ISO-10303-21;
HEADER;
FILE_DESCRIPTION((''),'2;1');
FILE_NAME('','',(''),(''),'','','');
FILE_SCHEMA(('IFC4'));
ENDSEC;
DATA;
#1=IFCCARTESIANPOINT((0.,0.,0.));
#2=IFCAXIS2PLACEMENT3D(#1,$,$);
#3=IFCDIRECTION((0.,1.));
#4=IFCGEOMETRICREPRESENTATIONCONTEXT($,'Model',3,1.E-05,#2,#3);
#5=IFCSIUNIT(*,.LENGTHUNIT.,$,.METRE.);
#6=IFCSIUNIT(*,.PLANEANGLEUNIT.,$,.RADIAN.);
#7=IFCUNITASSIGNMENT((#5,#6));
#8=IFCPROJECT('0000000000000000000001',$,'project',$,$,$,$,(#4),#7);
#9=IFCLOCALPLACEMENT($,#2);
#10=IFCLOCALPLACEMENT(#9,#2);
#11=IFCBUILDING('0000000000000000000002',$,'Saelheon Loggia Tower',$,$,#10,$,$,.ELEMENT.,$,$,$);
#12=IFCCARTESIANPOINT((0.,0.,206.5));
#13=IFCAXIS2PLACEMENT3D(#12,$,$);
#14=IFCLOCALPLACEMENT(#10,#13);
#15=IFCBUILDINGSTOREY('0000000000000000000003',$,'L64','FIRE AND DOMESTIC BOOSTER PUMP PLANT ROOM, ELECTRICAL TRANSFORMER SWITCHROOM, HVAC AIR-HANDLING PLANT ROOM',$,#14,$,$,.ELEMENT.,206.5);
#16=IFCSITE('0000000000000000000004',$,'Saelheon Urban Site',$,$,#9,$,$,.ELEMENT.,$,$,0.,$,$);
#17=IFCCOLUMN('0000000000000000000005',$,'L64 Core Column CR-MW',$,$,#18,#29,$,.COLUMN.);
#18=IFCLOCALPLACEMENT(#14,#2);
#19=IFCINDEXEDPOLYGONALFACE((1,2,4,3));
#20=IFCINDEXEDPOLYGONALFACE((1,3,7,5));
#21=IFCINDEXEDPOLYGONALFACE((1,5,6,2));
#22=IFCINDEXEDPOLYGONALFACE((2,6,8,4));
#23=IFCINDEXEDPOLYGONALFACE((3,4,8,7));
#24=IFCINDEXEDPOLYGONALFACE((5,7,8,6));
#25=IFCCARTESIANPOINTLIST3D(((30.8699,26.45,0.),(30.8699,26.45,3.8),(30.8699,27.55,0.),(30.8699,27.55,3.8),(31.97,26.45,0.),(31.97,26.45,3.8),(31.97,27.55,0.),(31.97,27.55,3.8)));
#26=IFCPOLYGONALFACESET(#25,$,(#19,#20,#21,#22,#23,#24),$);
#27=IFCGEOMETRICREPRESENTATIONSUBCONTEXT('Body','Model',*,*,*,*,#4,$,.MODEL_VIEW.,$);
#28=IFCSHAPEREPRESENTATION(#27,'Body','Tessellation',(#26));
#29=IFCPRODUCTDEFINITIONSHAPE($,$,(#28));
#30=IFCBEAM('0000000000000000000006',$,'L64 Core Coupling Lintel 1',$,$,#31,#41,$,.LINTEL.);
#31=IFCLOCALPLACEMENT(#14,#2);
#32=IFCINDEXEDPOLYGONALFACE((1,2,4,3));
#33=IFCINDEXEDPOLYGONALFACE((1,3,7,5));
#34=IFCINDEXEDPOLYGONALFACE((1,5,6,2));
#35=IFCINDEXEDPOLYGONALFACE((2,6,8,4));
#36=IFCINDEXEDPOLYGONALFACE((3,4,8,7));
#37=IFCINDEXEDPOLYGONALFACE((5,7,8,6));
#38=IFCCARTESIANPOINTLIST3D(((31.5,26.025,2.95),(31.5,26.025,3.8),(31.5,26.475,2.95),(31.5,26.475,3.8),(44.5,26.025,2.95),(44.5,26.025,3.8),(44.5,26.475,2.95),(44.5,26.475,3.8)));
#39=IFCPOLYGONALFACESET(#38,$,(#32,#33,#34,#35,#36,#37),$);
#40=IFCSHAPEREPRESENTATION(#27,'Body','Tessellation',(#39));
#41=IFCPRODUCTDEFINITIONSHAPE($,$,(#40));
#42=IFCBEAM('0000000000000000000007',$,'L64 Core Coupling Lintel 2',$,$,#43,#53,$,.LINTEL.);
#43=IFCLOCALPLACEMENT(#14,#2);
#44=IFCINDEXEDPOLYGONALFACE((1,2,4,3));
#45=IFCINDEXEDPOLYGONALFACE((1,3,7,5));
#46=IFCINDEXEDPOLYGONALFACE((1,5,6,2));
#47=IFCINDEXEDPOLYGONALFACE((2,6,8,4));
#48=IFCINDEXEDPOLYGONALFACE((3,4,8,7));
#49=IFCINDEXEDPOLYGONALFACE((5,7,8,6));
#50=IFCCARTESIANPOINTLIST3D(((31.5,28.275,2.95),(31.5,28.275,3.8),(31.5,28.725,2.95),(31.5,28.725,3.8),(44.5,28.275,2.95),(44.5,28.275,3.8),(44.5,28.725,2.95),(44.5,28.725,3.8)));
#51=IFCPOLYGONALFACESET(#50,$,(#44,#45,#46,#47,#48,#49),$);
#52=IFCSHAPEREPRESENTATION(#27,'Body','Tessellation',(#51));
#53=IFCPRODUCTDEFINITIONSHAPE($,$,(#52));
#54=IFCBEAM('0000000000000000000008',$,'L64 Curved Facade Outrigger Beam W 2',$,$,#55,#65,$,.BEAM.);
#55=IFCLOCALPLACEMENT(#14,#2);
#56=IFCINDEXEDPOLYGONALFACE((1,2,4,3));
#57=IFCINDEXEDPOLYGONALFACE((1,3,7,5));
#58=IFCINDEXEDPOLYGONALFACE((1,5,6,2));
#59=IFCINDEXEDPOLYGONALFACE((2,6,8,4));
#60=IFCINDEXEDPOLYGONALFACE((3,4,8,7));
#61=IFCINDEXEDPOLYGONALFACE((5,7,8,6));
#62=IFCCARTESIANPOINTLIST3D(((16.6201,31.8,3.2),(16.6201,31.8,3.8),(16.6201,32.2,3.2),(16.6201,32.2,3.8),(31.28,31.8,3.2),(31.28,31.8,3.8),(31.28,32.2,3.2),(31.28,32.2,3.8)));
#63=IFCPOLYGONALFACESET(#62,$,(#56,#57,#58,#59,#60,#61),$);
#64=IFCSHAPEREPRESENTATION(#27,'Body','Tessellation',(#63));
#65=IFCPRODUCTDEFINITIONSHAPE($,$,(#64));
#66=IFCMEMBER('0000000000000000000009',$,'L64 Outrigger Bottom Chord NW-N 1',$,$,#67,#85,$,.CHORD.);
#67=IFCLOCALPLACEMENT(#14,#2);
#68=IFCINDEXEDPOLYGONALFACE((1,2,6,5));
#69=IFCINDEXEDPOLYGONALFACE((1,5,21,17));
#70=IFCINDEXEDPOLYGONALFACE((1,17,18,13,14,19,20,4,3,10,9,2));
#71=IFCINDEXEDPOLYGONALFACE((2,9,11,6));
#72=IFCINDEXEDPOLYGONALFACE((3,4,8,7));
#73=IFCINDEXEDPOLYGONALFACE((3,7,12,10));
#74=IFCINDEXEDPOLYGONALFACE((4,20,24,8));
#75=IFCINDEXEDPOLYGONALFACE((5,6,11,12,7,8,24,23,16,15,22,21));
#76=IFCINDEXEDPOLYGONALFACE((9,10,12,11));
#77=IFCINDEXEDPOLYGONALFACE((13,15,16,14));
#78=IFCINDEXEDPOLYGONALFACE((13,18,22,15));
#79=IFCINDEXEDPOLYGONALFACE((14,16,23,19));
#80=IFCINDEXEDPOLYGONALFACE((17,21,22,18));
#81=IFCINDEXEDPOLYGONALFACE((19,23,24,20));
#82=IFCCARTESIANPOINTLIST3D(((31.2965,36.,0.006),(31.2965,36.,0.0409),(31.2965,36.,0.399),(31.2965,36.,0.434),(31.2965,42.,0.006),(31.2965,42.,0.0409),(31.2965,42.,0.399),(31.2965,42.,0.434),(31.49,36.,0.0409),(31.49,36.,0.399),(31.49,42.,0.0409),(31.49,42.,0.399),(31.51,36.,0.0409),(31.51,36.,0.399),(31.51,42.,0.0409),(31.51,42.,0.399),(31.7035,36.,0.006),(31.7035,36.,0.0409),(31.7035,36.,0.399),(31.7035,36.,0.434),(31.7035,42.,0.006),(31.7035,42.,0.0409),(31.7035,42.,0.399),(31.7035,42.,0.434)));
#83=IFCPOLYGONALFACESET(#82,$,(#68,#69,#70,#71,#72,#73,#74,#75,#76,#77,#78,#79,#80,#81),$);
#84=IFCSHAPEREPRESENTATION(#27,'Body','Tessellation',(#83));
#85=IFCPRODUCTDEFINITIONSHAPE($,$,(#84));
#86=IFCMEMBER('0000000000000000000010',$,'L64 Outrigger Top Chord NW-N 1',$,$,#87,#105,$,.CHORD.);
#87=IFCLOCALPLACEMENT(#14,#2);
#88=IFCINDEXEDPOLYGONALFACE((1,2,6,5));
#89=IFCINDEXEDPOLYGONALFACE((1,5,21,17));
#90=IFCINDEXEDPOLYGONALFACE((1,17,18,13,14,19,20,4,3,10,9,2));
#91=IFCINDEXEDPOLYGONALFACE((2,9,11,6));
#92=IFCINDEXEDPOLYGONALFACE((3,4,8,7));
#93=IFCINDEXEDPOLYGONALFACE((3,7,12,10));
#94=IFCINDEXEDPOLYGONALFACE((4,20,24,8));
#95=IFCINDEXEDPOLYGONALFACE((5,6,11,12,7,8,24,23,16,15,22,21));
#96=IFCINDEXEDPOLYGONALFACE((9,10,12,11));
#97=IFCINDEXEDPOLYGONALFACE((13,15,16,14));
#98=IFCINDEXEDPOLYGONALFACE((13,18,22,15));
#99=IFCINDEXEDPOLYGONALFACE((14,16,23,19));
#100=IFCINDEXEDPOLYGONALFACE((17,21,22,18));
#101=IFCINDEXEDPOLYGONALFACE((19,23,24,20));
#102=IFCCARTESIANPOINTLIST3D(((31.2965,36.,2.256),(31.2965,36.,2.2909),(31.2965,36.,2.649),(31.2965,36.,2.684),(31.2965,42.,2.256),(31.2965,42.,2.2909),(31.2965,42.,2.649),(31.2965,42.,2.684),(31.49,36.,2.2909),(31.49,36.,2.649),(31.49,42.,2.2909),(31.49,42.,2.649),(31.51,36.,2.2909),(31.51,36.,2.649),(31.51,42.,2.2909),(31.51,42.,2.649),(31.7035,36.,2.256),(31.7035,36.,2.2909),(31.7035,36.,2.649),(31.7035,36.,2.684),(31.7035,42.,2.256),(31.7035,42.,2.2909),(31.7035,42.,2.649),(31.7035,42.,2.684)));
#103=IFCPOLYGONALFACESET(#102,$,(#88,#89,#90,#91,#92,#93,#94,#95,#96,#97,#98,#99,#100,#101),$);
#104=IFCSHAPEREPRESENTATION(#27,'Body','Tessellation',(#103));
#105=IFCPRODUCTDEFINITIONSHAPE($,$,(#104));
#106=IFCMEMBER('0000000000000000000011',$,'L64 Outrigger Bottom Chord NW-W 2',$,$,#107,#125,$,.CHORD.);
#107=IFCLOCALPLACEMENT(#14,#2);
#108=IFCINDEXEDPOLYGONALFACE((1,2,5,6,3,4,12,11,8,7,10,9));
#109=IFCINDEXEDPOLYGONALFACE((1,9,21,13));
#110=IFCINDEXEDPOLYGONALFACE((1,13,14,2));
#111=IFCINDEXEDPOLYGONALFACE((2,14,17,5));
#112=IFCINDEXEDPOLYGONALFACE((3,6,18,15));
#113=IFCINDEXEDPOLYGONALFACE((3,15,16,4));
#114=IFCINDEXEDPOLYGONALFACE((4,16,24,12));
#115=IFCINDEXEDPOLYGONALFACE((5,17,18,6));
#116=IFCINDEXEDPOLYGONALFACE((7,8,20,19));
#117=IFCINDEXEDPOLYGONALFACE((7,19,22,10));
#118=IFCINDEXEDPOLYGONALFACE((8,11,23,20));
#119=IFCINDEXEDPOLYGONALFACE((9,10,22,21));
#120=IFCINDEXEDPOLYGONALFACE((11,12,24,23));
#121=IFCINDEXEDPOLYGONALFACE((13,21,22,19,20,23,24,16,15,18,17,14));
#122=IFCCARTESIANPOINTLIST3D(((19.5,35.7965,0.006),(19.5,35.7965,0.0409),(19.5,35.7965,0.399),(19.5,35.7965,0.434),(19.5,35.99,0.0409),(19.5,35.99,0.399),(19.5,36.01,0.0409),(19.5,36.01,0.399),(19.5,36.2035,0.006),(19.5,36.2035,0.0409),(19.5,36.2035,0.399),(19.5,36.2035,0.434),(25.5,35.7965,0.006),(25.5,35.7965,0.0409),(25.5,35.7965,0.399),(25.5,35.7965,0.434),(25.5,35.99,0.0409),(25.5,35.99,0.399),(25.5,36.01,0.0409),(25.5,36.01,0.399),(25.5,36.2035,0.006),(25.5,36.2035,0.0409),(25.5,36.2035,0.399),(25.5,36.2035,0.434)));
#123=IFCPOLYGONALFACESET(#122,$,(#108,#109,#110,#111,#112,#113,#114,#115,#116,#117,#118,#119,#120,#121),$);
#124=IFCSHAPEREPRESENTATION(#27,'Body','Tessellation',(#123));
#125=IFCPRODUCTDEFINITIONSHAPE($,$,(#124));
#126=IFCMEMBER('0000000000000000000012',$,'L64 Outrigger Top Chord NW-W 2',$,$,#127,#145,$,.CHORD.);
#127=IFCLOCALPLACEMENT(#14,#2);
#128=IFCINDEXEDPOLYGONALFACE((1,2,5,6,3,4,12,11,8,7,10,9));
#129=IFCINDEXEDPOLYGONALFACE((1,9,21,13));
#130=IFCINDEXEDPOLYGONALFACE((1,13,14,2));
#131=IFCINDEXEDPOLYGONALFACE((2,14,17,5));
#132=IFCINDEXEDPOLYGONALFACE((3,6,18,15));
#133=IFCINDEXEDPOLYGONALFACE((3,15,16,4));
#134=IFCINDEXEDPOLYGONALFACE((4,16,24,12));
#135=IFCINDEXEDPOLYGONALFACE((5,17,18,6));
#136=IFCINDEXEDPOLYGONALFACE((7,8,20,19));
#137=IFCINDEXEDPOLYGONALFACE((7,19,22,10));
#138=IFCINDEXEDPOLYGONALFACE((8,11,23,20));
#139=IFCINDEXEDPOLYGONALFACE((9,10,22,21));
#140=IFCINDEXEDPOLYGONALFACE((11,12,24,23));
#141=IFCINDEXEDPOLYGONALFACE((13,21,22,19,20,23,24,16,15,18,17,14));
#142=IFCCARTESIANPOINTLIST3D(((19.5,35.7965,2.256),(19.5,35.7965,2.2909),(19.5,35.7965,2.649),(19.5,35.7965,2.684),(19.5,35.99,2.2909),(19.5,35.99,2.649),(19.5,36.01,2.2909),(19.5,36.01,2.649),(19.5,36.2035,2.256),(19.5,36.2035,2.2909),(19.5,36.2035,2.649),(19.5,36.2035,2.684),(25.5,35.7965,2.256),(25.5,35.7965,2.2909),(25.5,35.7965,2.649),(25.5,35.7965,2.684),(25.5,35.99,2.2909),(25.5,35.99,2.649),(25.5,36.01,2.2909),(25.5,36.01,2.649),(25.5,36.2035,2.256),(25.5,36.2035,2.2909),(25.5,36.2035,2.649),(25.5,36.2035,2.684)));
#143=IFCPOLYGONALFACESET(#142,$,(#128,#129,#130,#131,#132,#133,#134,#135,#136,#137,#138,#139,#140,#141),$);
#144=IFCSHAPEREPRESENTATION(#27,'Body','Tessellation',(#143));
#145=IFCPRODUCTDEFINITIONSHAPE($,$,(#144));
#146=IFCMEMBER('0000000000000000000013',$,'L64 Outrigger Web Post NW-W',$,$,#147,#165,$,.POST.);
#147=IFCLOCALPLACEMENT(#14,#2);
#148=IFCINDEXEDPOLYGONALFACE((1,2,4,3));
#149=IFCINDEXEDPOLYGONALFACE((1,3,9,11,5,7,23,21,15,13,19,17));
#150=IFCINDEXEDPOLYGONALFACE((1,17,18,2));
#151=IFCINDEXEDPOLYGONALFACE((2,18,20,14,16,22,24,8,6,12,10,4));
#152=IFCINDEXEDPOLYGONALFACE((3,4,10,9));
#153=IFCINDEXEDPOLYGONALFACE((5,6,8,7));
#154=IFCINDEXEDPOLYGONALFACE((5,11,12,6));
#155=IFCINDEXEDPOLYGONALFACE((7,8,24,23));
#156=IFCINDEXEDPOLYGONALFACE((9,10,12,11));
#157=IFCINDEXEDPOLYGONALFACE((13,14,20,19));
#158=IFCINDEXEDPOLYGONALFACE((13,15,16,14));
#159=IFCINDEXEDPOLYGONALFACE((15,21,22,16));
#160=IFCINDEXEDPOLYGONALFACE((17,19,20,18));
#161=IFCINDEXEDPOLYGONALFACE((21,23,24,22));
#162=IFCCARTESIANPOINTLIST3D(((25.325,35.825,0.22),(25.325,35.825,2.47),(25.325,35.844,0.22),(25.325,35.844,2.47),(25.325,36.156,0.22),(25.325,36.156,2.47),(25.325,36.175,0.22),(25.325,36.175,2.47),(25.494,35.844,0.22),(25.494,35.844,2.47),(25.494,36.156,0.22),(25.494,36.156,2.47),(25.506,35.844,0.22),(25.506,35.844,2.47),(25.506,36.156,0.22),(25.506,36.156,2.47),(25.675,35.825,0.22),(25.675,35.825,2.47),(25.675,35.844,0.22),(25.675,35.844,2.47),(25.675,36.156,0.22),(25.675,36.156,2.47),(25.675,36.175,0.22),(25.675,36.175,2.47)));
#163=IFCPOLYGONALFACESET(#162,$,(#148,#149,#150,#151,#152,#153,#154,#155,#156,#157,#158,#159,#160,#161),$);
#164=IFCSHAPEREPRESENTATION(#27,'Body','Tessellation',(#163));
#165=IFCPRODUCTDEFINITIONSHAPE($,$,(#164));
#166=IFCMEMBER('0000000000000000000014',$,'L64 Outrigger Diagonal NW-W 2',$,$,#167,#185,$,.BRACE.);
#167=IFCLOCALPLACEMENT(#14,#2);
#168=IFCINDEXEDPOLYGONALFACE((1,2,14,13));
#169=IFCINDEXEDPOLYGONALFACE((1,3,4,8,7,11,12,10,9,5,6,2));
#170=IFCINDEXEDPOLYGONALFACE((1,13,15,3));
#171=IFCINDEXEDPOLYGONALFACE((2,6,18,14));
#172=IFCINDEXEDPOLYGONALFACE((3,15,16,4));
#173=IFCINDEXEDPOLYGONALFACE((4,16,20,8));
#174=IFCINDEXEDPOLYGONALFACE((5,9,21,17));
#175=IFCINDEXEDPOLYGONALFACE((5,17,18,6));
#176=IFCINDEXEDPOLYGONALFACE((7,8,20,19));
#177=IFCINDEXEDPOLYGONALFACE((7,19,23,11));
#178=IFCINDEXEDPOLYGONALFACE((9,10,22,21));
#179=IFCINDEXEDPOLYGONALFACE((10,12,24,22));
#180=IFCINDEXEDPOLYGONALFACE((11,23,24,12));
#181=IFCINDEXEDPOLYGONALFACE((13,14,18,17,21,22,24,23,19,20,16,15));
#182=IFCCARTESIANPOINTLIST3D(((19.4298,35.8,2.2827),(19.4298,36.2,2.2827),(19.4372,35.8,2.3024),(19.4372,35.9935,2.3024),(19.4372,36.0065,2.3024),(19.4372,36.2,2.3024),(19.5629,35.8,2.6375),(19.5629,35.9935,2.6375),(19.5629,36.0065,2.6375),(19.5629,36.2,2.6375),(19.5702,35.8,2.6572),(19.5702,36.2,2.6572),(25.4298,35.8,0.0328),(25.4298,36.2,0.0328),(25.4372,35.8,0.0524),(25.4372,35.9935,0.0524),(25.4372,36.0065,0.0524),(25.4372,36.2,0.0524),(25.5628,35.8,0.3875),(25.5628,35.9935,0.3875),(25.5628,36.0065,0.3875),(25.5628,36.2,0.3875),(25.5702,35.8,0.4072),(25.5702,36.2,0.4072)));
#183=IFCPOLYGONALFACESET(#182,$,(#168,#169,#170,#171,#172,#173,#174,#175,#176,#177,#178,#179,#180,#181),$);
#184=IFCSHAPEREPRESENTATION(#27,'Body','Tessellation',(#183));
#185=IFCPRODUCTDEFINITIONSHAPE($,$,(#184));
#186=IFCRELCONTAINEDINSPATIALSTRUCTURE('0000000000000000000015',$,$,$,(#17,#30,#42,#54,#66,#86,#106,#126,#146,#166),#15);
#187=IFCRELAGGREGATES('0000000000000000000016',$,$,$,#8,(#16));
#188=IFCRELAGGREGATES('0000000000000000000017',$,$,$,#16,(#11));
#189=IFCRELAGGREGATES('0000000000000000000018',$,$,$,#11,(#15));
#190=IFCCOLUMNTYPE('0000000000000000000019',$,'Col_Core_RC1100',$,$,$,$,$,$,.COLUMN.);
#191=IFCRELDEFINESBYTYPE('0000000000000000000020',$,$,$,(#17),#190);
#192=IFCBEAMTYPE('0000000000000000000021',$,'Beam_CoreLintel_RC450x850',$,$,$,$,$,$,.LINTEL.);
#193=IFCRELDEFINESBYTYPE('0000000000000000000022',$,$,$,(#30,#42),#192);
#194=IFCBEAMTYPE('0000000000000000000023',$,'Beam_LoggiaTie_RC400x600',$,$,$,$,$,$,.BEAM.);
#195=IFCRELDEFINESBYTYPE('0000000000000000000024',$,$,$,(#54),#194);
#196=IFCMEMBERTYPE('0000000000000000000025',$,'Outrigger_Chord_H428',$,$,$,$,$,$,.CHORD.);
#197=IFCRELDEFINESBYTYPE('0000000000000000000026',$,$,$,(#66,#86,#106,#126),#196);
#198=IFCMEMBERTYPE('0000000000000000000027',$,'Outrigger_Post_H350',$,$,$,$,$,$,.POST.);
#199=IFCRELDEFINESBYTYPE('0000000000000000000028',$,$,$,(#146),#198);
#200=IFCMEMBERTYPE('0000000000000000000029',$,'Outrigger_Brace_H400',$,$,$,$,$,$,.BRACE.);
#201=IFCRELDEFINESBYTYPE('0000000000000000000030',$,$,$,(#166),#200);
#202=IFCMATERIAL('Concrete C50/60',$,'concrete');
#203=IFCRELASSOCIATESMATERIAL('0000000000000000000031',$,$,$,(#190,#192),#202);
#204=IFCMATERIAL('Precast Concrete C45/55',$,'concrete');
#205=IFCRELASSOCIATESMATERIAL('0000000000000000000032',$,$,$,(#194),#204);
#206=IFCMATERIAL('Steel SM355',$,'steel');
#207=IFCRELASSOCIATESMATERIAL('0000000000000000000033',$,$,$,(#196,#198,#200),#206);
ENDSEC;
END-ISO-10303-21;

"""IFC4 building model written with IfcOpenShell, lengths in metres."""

from ifc_helpers import new_model, si_unit, direction, frame, origin, origin_2d, place, context, subcontext, project, spatial, rectangle, i_section, extrude, source, transform, mapped, material, material_profile, profile_set, type_object, element, save


model = new_model("IFC4")

# Units and contexts
model_context = context("Model", 3, precision=1e-05, world=origin(), true_north=direction((0.0, 1.0)))
body_context = subcontext(model_context, "Body", "Model", "MODEL_VIEW")
ifc_project = project(units=[si_unit("LENGTHUNIT", "METRE"), si_unit("PLANEANGLEUNIT", "RADIAN")], contexts=[model_context])

# Site, building, storey
site_placement = place(None, origin())
site = spatial("IfcSite", under=ifc_project, at=site_placement, Name="Saelheon Urban Site", CompositionType="ELEMENT", RefElevation=0.0)
building_placement = place(site_placement, origin())
building = spatial("IfcBuilding", under=site, at=building_placement, Name="Saelheon Loggia Tower", CompositionType="ELEMENT")
storey_placement = place(building_placement, frame((0.0, 0.0, 206.5)))
storey = spatial("IfcBuildingStorey", under=building, at=storey_placement, Name="L64", Description="FIRE AND DOMESTIC BOOSTER PUMP PLANT ROOM, ELECTRICAL TRANSFORMER SWITCHROOM, HVAC AIR-HANDLING PLANT ROOM", CompositionType="ELEMENT", Elevation=206.5)

# Column
ifc_material_1 = material(Name="Concrete C50/60", Category="concrete")
ifc_material_profile_1 = material_profile(ifc_material_1, rectangle(XDim=1.1001, YDim=1.1001, at=origin_2d()), Name="RC-1100x1100")
ifc_profile_set_1 = profile_set([ifc_material_profile_1], Name="Concrete C50/60")
column_type = type_object("IfcColumnType", Name="Col_Core_RC1100", PredefinedType="COLUMN", material=ifc_profile_set_1)
shared_shape_1 = source(origin(), body_context, "Body", "SweptSolid", [
    extrude(rectangle(XDim=1.1001, YDim=1.1001, at=origin_2d()), origin(), (0.0, 0.0, 1.0), 3.8),
])
column_placement = place(storey_placement, frame((31.4199, 27.0, 0.0), z_axis=(0.0, 0.0, 1.0), x_axis=(1.0, 0.0, 0.0)))
element("IfcColumn", 1, at=column_placement, inside=storey, type_object=column_type, Name="L64 Core Column CR-MW", PredefinedType="COLUMN", context=body_context, shape_type="MappedRepresentation", body=[
    mapped(shared_shape_1, transform((0.0, 0.0, 0.0), scale=1.0)),
])

# Beams
ifc_material_profile_2 = material_profile(ifc_material_1, rectangle(XDim=0.45, YDim=0.8501, at=origin_2d()), Name="RC-450x850")
ifc_profile_set_2 = profile_set([ifc_material_profile_2], Name="Concrete C50/60")
beam_type_1 = type_object("IfcBeamType", Name="Beam_CoreLintel_RC450x850", PredefinedType="LINTEL", material=ifc_profile_set_2)
shared_shape_2 = source(origin(), body_context, "Body", "SweptSolid", [
    extrude(rectangle(XDim=0.45, YDim=0.8501, at=origin_2d()), origin(), (0.0, 0.0, 1.0), 13.0),
])
for number, where, z_axis, x_axis, name in (
    (2, (31.5, 26.25, 3.375), (1.0, 0.0, 0.0), (0.0, 1.0, 0.0), "L64 Core Coupling Lintel 1"),
    (3, (31.5, 28.5, 3.375), (1.0, 0.0, 0.0), (0.0, 1.0, 0.0), "L64 Core Coupling Lintel 2"),
):
    element("IfcBeam", number, at=place(storey_placement, frame(where, z_axis=z_axis, x_axis=x_axis)), inside=storey, type_object=beam_type_1, Name=name, PredefinedType="LINTEL", context=body_context, shape_type="MappedRepresentation", body=[
        mapped(shared_shape_2, transform((0.0, 0.0, 0.0), scale=1.0)),
    ])
ifc_material_2 = material(Name="Precast Concrete C45/55", Category="concrete")
ifc_material_profile_3 = material_profile(ifc_material_2, rectangle(XDim=0.3999, YDim=0.6001, at=origin_2d()), Name="RC-400x600")
ifc_profile_set_3 = profile_set([ifc_material_profile_3], Name="Precast Concrete C45/55")
beam_type_2 = type_object("IfcBeamType", Name="Beam_LoggiaTie_RC400x600", PredefinedType="BEAM", material=ifc_profile_set_3)
shared_shape_3 = source(origin(), body_context, "Body", "SweptSolid", [
    extrude(rectangle(XDim=0.3999, YDim=0.6001, at=origin_2d()), origin(), (0.0, 0.0, 1.0), 14.6599),
])
beam_placement = place(storey_placement, frame((31.28, 32.0, 3.5), z_axis=(-1.0, 0.0, 0.0), x_axis=(0.0, -1.0, 0.0)))
element("IfcBeam", 4, at=beam_placement, inside=storey, type_object=beam_type_2, Name="L64 Curved Facade Outrigger Beam W 2", PredefinedType="BEAM", context=body_context, shape_type="MappedRepresentation", body=[
    mapped(shared_shape_3, transform((0.0, 0.0, 0.0), scale=1.0)),
])

# Members
ifc_material_3 = material(Name="Steel SM355", Category="steel")
ifc_material_profile_4 = material_profile(ifc_material_3, i_section(OverallWidth=0.407, OverallDepth=0.428, WebThickness=0.02, FlangeThickness=0.0349, at=origin_2d()), Name="H-428x407x20x35")
ifc_profile_set_4 = profile_set([ifc_material_profile_4], Name="Steel SM355")
member_type_1 = type_object("IfcMemberType", Name="Outrigger_Chord_H428", PredefinedType="CHORD", material=ifc_profile_set_4)
shared_shape_4 = source(origin(), body_context, "Body", "SweptSolid", [
    extrude(i_section(OverallWidth=0.407, OverallDepth=0.428, WebThickness=0.02, FlangeThickness=0.0349, at=origin_2d()), origin(), (0.0, 0.0, 1.0), 6.0),
])
for number, where, z_axis, x_axis, name in (
    (5, (31.5, 36.0, 0.22), (0.0, 1.0, 0.0), (-1.0, 0.0, 0.0), "L64 Outrigger Bottom Chord NW-N 1"),
    (6, (31.5, 36.0, 2.47), (0.0, 1.0, 0.0), (-1.0, 0.0, 0.0), "L64 Outrigger Top Chord NW-N 1"),
    (7, (25.5, 36.0, 0.22), (-1.0, 0.0, 0.0), (0.0, -1.0, 0.0), "L64 Outrigger Bottom Chord NW-W 2"),
    (8, (25.5, 36.0, 2.47), (-1.0, 0.0, 0.0), (0.0, -1.0, 0.0), "L64 Outrigger Top Chord NW-W 2"),
):
    element("IfcMember", number, at=place(storey_placement, frame(where, z_axis=z_axis, x_axis=x_axis)), inside=storey, type_object=member_type_1, Name=name, PredefinedType="CHORD", context=body_context, shape_type="MappedRepresentation", body=[
        mapped(shared_shape_4, transform((0.0, 0.0, 0.0), scale=1.0)),
    ])
ifc_material_profile_5 = material_profile(ifc_material_3, i_section(OverallWidth=0.3501, OverallDepth=0.3501, WebThickness=0.012, FlangeThickness=0.019, at=origin_2d()), Name="H-350x350x12x19")
ifc_profile_set_5 = profile_set([ifc_material_profile_5], Name="Steel SM355")
member_type_2 = type_object("IfcMemberType", Name="Outrigger_Post_H350", PredefinedType="POST", material=ifc_profile_set_5)
shared_shape_5 = source(origin(), body_context, "Body", "SweptSolid", [
    extrude(i_section(OverallWidth=0.3501, OverallDepth=0.3501, WebThickness=0.012, FlangeThickness=0.019, at=origin_2d()), origin(), (0.0, 0.0, 1.0), 2.25),
])
member_1_placement = place(storey_placement, frame((25.5, 36.0, 0.22), z_axis=(0.0, 0.0, 1.0), x_axis=(1.0, 0.0, 0.0)))
element("IfcMember", 9, at=member_1_placement, inside=storey, type_object=member_type_2, Name="L64 Outrigger Web Post NW-W", PredefinedType="POST", context=body_context, shape_type="MappedRepresentation", body=[
    mapped(shared_shape_5, transform((0.0, 0.0, 0.0), scale=1.0)),
])
ifc_material_profile_6 = material_profile(ifc_material_3, i_section(OverallWidth=0.3999, OverallDepth=0.3999, WebThickness=0.0129, FlangeThickness=0.021, at=origin_2d()), Name="H-400x400x13x21")
ifc_profile_set_6 = profile_set([ifc_material_profile_6], Name="Steel SM355")
member_type_3 = type_object("IfcMemberType", Name="Outrigger_Brace_H400", PredefinedType="BRACE", material=ifc_profile_set_6)
shared_shape_6 = source(origin(), body_context, "Body", "SweptSolid", [
    extrude(i_section(OverallWidth=0.3999, OverallDepth=0.3999, WebThickness=0.0129, FlangeThickness=0.021, at=origin_2d()), origin(), (0.0, 0.0, 1.0), 6.408),
])
member_2_placement = place(storey_placement, frame((25.5, 36.0, 0.22), z_axis=(-0.936329, 0.0, 0.351123), x_axis=(0.0, -1.0, 0.0)))
element("IfcMember", 10, at=member_2_placement, inside=storey, type_object=member_type_3, Name="L64 Outrigger Diagonal NW-W 2", PredefinedType="BRACE", context=body_context, shape_type="MappedRepresentation", body=[
    mapped(shared_shape_6, transform((0.0, 0.0, 0.0), scale=1.0)),
])

save(model, "model.ifc")
